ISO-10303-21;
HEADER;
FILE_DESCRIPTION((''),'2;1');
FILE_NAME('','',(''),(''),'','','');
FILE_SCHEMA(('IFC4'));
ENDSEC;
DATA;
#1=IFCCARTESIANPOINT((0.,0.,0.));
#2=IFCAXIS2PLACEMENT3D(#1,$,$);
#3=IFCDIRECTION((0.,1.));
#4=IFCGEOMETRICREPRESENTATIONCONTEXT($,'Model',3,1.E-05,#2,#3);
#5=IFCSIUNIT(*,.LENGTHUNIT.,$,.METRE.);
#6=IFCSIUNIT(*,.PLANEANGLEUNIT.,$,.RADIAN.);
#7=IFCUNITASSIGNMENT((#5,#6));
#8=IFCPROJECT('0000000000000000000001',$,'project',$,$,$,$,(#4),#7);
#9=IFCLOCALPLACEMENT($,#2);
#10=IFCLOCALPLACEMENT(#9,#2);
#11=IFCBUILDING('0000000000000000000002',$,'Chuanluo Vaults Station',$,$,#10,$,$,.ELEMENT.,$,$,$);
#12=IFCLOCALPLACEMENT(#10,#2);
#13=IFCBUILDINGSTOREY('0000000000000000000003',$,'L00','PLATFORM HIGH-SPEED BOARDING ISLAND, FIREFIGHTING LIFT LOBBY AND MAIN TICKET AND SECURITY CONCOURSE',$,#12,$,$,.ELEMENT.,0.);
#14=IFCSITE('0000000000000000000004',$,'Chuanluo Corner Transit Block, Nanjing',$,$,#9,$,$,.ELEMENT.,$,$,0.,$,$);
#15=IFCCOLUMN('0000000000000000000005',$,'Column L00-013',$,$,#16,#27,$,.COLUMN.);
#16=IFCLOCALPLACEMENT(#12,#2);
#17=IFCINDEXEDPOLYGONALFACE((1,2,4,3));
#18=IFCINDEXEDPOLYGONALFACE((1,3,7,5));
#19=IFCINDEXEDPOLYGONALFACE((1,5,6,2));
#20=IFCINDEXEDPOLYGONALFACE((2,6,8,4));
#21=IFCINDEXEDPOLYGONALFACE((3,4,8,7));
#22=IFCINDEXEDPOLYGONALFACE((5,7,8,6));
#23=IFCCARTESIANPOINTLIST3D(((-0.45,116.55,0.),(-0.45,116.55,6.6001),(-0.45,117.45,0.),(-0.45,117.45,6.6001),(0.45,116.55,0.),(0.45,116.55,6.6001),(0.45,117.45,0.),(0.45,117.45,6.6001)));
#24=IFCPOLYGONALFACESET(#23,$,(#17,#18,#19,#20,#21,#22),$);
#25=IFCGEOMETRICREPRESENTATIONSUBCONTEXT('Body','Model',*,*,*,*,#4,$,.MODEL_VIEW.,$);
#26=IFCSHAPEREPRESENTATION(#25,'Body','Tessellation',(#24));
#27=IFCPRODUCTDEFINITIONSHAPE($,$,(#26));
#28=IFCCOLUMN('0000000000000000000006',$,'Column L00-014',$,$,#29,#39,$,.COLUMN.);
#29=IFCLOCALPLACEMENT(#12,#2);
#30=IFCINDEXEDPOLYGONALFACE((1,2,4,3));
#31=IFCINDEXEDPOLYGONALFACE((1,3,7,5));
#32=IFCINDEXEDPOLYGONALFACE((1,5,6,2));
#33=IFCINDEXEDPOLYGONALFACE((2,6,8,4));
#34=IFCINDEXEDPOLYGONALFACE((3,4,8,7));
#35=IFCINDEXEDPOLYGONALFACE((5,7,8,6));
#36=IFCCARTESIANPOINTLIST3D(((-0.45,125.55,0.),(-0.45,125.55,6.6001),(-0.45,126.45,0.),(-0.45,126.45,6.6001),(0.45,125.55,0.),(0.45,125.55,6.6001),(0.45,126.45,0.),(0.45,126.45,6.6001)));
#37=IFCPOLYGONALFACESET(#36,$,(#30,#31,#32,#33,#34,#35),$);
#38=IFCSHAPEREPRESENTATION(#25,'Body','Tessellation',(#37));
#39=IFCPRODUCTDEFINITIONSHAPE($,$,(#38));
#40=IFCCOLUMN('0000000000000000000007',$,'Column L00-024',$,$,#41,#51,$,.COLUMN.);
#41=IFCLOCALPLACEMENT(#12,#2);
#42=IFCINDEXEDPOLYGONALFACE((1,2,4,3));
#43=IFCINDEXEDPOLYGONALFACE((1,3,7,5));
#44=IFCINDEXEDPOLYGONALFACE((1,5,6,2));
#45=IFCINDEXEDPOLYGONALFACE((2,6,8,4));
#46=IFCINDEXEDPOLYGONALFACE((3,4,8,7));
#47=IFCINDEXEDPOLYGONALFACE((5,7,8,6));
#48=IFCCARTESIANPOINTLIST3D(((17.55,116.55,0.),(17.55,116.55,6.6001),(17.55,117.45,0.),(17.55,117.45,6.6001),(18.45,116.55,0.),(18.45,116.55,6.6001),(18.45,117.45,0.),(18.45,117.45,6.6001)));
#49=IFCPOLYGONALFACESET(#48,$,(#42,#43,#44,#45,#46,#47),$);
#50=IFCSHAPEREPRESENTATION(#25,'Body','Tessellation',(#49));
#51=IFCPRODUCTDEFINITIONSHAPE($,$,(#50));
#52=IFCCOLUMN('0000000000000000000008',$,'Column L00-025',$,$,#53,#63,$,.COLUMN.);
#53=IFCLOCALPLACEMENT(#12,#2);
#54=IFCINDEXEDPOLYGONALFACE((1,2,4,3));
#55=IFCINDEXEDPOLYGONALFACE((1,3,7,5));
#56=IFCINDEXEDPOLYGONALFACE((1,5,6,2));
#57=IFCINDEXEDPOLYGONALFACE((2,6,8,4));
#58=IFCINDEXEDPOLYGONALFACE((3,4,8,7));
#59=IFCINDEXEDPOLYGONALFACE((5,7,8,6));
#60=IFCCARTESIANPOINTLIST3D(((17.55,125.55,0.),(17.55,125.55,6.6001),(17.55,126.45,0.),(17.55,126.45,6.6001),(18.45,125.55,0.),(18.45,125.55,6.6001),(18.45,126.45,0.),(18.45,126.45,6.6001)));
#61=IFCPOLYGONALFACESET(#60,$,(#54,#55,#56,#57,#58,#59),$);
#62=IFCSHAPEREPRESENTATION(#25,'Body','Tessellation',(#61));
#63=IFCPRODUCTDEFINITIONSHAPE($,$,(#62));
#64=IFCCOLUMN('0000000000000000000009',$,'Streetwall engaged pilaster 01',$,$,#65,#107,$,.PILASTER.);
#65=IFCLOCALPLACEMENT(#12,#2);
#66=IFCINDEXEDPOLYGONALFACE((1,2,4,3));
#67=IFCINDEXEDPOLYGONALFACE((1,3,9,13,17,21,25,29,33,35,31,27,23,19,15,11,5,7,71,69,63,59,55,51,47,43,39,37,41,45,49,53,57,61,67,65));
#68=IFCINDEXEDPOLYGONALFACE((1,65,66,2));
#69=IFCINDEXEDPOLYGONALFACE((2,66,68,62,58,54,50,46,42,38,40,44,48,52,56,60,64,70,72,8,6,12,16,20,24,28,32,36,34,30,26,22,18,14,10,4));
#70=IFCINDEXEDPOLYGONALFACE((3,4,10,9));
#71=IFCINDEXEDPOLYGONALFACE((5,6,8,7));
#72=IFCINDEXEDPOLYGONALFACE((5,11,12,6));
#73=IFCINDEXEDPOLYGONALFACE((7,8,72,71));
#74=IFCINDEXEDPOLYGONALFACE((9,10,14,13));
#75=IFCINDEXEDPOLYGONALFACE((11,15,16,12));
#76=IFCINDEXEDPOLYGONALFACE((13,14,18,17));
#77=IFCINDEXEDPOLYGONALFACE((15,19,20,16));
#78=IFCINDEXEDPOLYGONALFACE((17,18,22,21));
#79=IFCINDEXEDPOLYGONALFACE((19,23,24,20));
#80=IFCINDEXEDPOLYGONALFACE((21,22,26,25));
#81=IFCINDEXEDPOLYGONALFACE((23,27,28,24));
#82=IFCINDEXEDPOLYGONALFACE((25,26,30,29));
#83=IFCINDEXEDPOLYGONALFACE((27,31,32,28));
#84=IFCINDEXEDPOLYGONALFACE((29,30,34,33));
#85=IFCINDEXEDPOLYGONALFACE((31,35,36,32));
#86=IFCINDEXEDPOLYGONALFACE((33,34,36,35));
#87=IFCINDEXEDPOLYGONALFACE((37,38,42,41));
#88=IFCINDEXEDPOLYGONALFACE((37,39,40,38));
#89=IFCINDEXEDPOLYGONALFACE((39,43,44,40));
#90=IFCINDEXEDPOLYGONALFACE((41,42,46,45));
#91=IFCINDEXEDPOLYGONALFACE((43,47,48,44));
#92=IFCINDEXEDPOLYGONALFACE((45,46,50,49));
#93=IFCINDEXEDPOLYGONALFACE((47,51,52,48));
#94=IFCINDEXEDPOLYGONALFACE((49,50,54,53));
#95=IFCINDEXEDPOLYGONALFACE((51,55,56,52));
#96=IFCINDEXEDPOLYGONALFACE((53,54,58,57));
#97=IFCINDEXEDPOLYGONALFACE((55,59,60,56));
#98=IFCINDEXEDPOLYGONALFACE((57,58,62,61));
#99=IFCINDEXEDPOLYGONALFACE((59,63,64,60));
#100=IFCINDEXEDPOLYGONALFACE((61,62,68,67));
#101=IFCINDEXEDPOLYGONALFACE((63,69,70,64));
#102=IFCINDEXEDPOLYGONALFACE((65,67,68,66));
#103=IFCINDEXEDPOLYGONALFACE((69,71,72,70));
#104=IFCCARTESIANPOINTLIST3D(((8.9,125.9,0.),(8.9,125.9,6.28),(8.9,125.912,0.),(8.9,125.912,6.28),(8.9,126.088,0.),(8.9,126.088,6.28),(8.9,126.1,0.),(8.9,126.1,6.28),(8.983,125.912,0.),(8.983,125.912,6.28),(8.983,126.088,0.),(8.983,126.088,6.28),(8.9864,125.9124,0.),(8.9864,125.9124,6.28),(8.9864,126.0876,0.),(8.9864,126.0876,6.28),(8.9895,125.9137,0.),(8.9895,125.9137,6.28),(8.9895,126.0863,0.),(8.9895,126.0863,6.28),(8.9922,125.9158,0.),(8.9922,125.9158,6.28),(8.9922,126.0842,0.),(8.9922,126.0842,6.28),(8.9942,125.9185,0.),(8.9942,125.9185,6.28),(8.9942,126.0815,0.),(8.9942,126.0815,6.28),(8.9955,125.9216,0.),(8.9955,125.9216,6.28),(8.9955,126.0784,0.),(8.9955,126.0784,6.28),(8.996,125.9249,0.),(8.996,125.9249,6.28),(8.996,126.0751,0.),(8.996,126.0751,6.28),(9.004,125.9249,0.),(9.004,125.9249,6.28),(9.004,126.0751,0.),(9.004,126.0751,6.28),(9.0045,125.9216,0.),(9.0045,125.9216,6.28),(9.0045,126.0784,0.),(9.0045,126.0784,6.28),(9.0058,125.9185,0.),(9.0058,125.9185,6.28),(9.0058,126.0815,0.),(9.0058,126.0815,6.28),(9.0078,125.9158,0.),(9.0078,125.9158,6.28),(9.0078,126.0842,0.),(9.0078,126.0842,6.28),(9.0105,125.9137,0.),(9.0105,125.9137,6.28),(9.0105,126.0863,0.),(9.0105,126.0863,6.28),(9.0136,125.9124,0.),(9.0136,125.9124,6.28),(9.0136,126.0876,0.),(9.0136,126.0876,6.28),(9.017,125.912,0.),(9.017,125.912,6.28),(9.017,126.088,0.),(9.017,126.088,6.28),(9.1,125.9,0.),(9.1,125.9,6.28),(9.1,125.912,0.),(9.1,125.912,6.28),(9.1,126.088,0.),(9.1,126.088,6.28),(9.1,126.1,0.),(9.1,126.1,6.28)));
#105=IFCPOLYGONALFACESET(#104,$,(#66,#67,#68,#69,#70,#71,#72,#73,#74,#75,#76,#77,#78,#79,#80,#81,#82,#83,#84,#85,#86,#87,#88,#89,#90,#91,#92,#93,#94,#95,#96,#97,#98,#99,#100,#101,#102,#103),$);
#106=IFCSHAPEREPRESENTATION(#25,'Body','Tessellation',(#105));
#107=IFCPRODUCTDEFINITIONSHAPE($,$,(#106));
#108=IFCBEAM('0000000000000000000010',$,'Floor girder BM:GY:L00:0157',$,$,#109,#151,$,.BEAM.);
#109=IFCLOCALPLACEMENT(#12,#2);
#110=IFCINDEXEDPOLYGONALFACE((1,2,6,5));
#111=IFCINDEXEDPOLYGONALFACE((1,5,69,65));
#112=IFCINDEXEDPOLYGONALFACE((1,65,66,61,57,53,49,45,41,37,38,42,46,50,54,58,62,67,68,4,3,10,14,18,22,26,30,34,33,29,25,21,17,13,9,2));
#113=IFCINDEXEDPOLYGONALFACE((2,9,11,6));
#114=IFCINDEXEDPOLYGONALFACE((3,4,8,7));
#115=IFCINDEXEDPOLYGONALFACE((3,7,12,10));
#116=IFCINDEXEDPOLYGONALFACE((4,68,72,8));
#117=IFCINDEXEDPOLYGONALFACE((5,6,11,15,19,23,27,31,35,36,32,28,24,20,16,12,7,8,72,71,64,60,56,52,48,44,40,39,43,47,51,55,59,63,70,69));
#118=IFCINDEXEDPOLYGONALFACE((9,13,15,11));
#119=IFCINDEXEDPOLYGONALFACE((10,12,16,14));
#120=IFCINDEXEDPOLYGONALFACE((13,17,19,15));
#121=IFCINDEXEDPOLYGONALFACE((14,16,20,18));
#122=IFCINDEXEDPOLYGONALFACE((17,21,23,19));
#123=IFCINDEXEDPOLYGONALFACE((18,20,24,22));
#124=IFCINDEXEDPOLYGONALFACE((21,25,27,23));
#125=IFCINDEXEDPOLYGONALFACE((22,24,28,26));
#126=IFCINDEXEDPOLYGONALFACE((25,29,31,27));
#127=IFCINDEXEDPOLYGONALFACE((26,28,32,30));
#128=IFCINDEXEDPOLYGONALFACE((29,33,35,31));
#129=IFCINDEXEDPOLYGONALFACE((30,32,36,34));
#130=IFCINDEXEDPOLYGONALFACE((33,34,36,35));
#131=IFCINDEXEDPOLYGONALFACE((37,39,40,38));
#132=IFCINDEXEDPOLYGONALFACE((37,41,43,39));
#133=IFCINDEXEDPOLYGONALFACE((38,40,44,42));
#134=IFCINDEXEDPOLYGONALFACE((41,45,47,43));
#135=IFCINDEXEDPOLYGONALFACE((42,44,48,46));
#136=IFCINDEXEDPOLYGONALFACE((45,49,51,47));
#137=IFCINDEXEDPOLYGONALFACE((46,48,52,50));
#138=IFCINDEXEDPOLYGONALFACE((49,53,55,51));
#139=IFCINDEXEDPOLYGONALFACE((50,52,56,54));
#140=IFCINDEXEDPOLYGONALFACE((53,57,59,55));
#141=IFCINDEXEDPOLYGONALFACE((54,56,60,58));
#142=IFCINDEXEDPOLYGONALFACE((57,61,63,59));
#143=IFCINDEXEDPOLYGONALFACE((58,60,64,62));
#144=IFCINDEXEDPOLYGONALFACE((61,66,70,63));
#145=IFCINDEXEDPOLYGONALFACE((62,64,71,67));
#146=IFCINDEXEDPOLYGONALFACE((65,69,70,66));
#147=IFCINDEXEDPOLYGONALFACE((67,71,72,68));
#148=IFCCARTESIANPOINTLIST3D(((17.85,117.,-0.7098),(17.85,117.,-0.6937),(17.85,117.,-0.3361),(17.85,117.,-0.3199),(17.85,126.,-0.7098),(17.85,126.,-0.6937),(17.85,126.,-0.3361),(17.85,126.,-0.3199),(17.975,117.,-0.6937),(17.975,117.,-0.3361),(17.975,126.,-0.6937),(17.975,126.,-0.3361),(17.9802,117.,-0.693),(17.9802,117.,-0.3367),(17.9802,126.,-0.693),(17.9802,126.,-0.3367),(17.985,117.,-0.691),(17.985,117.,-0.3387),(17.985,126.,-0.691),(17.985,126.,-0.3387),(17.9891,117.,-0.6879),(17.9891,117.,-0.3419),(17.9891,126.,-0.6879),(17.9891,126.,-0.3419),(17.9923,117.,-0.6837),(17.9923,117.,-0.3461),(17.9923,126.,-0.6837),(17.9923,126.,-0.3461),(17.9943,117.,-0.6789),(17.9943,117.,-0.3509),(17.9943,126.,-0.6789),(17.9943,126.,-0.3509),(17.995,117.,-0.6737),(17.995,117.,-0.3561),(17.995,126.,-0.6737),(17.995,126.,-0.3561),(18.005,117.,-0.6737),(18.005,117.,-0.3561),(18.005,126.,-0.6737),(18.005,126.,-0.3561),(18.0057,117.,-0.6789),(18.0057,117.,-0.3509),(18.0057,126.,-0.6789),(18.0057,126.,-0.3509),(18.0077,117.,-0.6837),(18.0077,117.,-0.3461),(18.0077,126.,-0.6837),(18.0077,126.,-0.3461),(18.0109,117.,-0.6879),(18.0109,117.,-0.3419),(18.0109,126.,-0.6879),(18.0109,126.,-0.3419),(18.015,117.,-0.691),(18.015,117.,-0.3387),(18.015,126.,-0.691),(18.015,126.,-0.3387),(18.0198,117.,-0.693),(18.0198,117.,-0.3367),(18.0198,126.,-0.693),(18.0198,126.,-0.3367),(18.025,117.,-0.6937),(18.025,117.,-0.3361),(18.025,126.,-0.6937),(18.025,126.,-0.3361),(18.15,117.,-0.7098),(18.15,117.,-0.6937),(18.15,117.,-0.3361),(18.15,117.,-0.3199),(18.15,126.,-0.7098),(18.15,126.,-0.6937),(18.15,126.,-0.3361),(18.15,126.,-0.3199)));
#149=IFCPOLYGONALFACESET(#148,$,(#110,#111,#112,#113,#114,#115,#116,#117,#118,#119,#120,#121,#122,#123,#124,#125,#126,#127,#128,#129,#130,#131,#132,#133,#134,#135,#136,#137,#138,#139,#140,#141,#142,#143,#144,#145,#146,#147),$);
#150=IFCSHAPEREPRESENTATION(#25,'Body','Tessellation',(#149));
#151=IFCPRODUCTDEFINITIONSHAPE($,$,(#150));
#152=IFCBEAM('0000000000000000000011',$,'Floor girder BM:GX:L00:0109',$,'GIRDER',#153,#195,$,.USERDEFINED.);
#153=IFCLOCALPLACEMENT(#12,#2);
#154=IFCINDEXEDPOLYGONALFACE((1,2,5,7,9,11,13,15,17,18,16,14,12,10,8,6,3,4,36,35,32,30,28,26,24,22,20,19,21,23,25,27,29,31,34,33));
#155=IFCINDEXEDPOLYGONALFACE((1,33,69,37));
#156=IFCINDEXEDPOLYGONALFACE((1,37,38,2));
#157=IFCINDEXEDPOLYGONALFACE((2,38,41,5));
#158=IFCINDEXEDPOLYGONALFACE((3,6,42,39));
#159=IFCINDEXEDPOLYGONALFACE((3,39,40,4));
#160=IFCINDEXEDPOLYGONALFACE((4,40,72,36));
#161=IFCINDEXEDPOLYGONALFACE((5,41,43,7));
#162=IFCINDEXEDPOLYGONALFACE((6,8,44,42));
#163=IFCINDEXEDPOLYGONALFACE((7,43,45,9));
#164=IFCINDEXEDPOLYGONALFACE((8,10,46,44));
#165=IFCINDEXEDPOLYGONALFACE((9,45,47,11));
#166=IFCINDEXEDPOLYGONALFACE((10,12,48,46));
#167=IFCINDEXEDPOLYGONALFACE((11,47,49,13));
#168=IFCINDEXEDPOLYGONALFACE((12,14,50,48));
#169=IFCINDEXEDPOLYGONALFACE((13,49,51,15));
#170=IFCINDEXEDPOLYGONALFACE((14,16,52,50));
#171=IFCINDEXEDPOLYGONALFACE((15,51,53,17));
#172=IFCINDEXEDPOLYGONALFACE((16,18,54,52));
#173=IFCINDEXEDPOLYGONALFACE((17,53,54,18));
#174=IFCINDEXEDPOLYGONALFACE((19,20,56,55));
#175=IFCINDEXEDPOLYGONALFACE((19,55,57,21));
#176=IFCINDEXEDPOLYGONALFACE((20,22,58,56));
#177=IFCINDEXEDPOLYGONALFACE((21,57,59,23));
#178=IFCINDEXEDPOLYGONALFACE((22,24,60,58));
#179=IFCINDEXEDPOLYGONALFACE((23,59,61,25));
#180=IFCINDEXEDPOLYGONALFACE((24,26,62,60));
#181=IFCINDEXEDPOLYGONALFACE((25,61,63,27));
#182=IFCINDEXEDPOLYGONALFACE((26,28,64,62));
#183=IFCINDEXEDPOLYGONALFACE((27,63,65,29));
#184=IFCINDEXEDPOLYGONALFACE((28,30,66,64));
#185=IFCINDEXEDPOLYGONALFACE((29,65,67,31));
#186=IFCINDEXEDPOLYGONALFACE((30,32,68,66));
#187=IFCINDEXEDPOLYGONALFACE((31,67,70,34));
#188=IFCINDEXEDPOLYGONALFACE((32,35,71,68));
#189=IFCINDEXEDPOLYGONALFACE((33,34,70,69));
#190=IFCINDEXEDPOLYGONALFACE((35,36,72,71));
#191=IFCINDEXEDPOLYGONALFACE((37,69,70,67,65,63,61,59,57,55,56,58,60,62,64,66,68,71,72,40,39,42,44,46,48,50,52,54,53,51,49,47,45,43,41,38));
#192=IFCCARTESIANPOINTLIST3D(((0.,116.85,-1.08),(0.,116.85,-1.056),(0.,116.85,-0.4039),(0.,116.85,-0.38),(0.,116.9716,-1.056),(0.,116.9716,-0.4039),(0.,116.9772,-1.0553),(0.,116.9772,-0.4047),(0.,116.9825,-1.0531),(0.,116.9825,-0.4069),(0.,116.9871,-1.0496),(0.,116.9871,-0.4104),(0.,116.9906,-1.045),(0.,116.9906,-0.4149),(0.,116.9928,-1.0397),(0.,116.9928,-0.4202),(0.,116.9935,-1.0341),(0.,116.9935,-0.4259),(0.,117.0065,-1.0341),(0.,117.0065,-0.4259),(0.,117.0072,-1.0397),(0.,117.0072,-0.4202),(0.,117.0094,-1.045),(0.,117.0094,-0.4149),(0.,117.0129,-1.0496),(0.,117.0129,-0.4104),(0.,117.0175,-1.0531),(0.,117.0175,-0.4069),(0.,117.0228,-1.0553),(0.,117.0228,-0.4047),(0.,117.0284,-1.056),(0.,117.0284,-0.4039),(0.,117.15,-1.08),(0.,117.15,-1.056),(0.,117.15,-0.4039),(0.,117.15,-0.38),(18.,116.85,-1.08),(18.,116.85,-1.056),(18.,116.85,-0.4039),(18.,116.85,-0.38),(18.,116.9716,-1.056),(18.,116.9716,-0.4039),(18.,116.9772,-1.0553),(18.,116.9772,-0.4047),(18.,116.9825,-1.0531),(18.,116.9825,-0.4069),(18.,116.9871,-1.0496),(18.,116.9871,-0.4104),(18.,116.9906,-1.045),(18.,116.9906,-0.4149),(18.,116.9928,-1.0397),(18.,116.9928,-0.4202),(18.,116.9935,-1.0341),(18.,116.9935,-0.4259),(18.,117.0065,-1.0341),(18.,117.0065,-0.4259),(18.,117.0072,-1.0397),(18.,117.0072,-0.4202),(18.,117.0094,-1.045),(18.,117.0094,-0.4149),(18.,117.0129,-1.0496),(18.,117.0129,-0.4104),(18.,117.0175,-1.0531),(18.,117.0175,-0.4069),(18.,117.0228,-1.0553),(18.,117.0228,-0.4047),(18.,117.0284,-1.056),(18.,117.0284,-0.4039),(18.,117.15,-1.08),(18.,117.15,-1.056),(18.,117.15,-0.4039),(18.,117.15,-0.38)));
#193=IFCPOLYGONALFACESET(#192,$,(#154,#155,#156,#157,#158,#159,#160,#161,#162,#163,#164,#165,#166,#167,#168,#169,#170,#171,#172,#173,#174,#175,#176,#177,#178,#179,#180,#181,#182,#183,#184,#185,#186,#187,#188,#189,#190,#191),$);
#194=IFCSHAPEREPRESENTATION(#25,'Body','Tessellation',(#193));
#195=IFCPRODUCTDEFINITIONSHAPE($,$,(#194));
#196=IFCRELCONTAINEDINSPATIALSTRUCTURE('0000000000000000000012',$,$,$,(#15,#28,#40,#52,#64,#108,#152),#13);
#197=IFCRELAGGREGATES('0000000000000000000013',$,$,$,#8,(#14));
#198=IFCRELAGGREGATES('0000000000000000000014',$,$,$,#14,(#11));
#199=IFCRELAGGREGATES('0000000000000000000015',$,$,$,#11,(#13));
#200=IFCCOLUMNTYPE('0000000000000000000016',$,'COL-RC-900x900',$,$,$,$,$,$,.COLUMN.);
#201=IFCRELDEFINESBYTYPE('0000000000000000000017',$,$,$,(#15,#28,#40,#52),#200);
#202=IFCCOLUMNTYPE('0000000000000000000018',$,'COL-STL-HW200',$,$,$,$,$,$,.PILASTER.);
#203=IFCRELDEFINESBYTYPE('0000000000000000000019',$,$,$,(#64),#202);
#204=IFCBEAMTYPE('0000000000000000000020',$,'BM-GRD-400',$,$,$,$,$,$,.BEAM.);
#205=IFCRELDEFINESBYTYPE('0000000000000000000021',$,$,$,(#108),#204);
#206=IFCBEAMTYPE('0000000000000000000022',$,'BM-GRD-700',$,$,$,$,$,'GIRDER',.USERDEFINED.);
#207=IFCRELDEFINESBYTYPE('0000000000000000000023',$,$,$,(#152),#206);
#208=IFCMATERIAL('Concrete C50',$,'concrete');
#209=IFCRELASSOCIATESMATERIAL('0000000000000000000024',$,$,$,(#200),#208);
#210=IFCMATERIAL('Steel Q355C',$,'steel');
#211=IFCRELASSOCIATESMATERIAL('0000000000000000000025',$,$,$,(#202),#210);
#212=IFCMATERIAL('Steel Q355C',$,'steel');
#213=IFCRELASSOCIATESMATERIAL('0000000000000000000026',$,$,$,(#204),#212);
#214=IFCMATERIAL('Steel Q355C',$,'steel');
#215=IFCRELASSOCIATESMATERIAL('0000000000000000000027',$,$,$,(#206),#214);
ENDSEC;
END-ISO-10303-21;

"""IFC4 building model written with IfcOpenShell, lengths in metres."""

from ifc_helpers import new_model, si_unit, direction, frame, origin, origin_2d, place, context, subcontext, project, spatial, rectangle, i_section, extrude, material, material_profile, profile_set, type_object, element, save


model = new_model("IFC4")

# Units and contexts
model_context = context("Model", 3, precision=1e-05, world=origin(), true_north=direction((0.0, 1.0)))
body_context = subcontext(model_context, "Body", "Model", "MODEL_VIEW")
ifc_project = project(units=[si_unit("LENGTHUNIT", "METRE"), si_unit("PLANEANGLEUNIT", "RADIAN")], contexts=[model_context])

# Site, building, storey
site_placement = place(None, origin())
site = spatial("IfcSite", under=ifc_project, at=site_placement, Name="Chuanluo Corner Transit Block, Nanjing", CompositionType="ELEMENT", RefElevation=0.0)
building_placement = place(site_placement, origin())
building = spatial("IfcBuilding", under=site, at=building_placement, Name="Chuanluo Vaults Station", CompositionType="ELEMENT")
storey_placement = place(building_placement, origin())
storey = spatial("IfcBuildingStorey", under=building, at=storey_placement, Name="L00", Description="PLATFORM HIGH-SPEED BOARDING ISLAND, FIREFIGHTING LIFT LOBBY AND MAIN TICKET AND SECURITY CONCOURSE", CompositionType="ELEMENT", Elevation=0.0)

# Columns
ifc_material_1 = material(Name="Concrete C50", Category="concrete")
ifc_material_profile_1 = material_profile(ifc_material_1, rectangle(XDim=0.8999, YDim=0.8999, at=origin_2d()))
ifc_profile_set_1 = profile_set([ifc_material_profile_1], Name="Concrete C50")
column_type_1 = type_object("IfcColumnType", Name="COL-RC-900x900", PredefinedType="COLUMN", material=ifc_profile_set_1)
for number, where, z_axis, x_axis, name in (
    (1, (0.0, 117.0, 0.0), (0.0, 0.0, 1.0), (1.0, 0.0, 0.0), "Column L00-013"),
    (2, (0.0, 126.0, 0.0), (0.0, 0.0, 1.0), (1.0, 0.0, 0.0), "Column L00-014"),
    (3, (18.0, 117.0, 0.0), (0.0, 0.0, 1.0), (1.0, 0.0, 0.0), "Column L00-024"),
    (4, (18.0, 126.0, 0.0), (0.0, 0.0, 1.0), (1.0, 0.0, 0.0), "Column L00-025"),
):
    element("IfcColumn", number, at=place(storey_placement, frame(where, z_axis=z_axis, x_axis=x_axis)), inside=storey, type_object=column_type_1, Name=name, PredefinedType="COLUMN", context=body_context, shape_type="SweptSolid", body=[
        extrude(rectangle(XDim=0.8999, YDim=0.8999, at=origin_2d()), origin(), (0.0, 0.0, 1.0), 6.6001),
    ])
ifc_material_2 = material(Name="Steel Q355C", Category="steel")
ifc_material_profile_2 = material_profile(ifc_material_2, i_section(OverallWidth=0.2, OverallDepth=0.2, WebThickness=0.0081, FlangeThickness=0.012, FilletRadius=0.0129, at=origin_2d()))
ifc_profile_set_2 = profile_set([ifc_material_profile_2], Name="Steel Q355C")
column_type_2 = type_object("IfcColumnType", Name="COL-STL-HW200", PredefinedType="PILASTER", material=ifc_profile_set_2)
column_placement = place(storey_placement, frame((9.0, 126.0, 0.0), z_axis=(0.0, 0.0, 1.0), x_axis=(1.0, 0.0, 0.0)))
element("IfcColumn", 5, at=column_placement, inside=storey, type_object=column_type_2, Name="Streetwall engaged pilaster 01", PredefinedType="PILASTER", context=body_context, shape_type="SweptSolid", body=[
    extrude(i_section(OverallWidth=0.2, OverallDepth=0.2, WebThickness=0.0081, FlangeThickness=0.012, FilletRadius=0.0129, at=origin_2d()), origin(), (0.0, 0.0, 1.0), 6.28),
])

# Beams
ifc_material_3 = material(Name="Steel Q355C", Category="steel")
ifc_material_profile_3 = material_profile(ifc_material_3, i_section(OverallWidth=0.3, OverallDepth=0.3899, WebThickness=0.01, FlangeThickness=0.0161, FilletRadius=0.02, at=origin_2d()))
ifc_profile_set_3 = profile_set([ifc_material_profile_3], Name="Steel Q355C")
beam_type_1 = type_object("IfcBeamType", Name="BM-GRD-400", PredefinedType="BEAM", material=ifc_profile_set_3)
beam_1_placement = place(storey_placement, frame((18.0, 117.0, -0.5149), z_axis=(0.0, 1.0, 0.0), x_axis=(-1.0, 0.0, 0.0)))
element("IfcBeam", 6, at=beam_1_placement, inside=storey, type_object=beam_type_1, Name="Floor girder BM:GY:L00:0157", PredefinedType="BEAM", context=body_context, shape_type="SweptSolid", body=[
    extrude(i_section(OverallWidth=0.3, OverallDepth=0.3899, WebThickness=0.01, FlangeThickness=0.0161, FilletRadius=0.02, at=origin_2d()), origin(), (0.0, 0.0, 1.0), 9.0),
])
ifc_material_4 = material(Name="Steel Q355C", Category="steel")
ifc_material_profile_4 = material_profile(ifc_material_4, i_section(OverallWidth=0.3, OverallDepth=0.7, WebThickness=0.0129, FlangeThickness=0.0239, FilletRadius=0.022, at=origin_2d()))
ifc_profile_set_4 = profile_set([ifc_material_profile_4], Name="Steel Q355C")
beam_type_2 = type_object("IfcBeamType", Name="BM-GRD-700", ElementType="GIRDER", PredefinedType="USERDEFINED", material=ifc_profile_set_4)
for number, where, z_axis, x_axis, name in (
    (7, (0.0, 117.0, -0.73), (1.0, 0.0, 0.0), (0.0, 1.0, 0.0), "Floor girder BM:GX:L00:0109"),
):
    element("IfcBeam", number, at=place(storey_placement, frame(where, z_axis=z_axis, x_axis=x_axis)), inside=storey, type_object=beam_type_2, Name=name, ObjectType="GIRDER", PredefinedType="USERDEFINED", context=body_context, shape_type="SweptSolid", body=[
        extrude(i_section(OverallWidth=0.3, OverallDepth=0.7, WebThickness=0.0129, FlangeThickness=0.0239, FilletRadius=0.022, at=origin_2d()), origin(), (0.0, 0.0, 1.0), 18.0),
    ])

save(model, "model.ifc")
